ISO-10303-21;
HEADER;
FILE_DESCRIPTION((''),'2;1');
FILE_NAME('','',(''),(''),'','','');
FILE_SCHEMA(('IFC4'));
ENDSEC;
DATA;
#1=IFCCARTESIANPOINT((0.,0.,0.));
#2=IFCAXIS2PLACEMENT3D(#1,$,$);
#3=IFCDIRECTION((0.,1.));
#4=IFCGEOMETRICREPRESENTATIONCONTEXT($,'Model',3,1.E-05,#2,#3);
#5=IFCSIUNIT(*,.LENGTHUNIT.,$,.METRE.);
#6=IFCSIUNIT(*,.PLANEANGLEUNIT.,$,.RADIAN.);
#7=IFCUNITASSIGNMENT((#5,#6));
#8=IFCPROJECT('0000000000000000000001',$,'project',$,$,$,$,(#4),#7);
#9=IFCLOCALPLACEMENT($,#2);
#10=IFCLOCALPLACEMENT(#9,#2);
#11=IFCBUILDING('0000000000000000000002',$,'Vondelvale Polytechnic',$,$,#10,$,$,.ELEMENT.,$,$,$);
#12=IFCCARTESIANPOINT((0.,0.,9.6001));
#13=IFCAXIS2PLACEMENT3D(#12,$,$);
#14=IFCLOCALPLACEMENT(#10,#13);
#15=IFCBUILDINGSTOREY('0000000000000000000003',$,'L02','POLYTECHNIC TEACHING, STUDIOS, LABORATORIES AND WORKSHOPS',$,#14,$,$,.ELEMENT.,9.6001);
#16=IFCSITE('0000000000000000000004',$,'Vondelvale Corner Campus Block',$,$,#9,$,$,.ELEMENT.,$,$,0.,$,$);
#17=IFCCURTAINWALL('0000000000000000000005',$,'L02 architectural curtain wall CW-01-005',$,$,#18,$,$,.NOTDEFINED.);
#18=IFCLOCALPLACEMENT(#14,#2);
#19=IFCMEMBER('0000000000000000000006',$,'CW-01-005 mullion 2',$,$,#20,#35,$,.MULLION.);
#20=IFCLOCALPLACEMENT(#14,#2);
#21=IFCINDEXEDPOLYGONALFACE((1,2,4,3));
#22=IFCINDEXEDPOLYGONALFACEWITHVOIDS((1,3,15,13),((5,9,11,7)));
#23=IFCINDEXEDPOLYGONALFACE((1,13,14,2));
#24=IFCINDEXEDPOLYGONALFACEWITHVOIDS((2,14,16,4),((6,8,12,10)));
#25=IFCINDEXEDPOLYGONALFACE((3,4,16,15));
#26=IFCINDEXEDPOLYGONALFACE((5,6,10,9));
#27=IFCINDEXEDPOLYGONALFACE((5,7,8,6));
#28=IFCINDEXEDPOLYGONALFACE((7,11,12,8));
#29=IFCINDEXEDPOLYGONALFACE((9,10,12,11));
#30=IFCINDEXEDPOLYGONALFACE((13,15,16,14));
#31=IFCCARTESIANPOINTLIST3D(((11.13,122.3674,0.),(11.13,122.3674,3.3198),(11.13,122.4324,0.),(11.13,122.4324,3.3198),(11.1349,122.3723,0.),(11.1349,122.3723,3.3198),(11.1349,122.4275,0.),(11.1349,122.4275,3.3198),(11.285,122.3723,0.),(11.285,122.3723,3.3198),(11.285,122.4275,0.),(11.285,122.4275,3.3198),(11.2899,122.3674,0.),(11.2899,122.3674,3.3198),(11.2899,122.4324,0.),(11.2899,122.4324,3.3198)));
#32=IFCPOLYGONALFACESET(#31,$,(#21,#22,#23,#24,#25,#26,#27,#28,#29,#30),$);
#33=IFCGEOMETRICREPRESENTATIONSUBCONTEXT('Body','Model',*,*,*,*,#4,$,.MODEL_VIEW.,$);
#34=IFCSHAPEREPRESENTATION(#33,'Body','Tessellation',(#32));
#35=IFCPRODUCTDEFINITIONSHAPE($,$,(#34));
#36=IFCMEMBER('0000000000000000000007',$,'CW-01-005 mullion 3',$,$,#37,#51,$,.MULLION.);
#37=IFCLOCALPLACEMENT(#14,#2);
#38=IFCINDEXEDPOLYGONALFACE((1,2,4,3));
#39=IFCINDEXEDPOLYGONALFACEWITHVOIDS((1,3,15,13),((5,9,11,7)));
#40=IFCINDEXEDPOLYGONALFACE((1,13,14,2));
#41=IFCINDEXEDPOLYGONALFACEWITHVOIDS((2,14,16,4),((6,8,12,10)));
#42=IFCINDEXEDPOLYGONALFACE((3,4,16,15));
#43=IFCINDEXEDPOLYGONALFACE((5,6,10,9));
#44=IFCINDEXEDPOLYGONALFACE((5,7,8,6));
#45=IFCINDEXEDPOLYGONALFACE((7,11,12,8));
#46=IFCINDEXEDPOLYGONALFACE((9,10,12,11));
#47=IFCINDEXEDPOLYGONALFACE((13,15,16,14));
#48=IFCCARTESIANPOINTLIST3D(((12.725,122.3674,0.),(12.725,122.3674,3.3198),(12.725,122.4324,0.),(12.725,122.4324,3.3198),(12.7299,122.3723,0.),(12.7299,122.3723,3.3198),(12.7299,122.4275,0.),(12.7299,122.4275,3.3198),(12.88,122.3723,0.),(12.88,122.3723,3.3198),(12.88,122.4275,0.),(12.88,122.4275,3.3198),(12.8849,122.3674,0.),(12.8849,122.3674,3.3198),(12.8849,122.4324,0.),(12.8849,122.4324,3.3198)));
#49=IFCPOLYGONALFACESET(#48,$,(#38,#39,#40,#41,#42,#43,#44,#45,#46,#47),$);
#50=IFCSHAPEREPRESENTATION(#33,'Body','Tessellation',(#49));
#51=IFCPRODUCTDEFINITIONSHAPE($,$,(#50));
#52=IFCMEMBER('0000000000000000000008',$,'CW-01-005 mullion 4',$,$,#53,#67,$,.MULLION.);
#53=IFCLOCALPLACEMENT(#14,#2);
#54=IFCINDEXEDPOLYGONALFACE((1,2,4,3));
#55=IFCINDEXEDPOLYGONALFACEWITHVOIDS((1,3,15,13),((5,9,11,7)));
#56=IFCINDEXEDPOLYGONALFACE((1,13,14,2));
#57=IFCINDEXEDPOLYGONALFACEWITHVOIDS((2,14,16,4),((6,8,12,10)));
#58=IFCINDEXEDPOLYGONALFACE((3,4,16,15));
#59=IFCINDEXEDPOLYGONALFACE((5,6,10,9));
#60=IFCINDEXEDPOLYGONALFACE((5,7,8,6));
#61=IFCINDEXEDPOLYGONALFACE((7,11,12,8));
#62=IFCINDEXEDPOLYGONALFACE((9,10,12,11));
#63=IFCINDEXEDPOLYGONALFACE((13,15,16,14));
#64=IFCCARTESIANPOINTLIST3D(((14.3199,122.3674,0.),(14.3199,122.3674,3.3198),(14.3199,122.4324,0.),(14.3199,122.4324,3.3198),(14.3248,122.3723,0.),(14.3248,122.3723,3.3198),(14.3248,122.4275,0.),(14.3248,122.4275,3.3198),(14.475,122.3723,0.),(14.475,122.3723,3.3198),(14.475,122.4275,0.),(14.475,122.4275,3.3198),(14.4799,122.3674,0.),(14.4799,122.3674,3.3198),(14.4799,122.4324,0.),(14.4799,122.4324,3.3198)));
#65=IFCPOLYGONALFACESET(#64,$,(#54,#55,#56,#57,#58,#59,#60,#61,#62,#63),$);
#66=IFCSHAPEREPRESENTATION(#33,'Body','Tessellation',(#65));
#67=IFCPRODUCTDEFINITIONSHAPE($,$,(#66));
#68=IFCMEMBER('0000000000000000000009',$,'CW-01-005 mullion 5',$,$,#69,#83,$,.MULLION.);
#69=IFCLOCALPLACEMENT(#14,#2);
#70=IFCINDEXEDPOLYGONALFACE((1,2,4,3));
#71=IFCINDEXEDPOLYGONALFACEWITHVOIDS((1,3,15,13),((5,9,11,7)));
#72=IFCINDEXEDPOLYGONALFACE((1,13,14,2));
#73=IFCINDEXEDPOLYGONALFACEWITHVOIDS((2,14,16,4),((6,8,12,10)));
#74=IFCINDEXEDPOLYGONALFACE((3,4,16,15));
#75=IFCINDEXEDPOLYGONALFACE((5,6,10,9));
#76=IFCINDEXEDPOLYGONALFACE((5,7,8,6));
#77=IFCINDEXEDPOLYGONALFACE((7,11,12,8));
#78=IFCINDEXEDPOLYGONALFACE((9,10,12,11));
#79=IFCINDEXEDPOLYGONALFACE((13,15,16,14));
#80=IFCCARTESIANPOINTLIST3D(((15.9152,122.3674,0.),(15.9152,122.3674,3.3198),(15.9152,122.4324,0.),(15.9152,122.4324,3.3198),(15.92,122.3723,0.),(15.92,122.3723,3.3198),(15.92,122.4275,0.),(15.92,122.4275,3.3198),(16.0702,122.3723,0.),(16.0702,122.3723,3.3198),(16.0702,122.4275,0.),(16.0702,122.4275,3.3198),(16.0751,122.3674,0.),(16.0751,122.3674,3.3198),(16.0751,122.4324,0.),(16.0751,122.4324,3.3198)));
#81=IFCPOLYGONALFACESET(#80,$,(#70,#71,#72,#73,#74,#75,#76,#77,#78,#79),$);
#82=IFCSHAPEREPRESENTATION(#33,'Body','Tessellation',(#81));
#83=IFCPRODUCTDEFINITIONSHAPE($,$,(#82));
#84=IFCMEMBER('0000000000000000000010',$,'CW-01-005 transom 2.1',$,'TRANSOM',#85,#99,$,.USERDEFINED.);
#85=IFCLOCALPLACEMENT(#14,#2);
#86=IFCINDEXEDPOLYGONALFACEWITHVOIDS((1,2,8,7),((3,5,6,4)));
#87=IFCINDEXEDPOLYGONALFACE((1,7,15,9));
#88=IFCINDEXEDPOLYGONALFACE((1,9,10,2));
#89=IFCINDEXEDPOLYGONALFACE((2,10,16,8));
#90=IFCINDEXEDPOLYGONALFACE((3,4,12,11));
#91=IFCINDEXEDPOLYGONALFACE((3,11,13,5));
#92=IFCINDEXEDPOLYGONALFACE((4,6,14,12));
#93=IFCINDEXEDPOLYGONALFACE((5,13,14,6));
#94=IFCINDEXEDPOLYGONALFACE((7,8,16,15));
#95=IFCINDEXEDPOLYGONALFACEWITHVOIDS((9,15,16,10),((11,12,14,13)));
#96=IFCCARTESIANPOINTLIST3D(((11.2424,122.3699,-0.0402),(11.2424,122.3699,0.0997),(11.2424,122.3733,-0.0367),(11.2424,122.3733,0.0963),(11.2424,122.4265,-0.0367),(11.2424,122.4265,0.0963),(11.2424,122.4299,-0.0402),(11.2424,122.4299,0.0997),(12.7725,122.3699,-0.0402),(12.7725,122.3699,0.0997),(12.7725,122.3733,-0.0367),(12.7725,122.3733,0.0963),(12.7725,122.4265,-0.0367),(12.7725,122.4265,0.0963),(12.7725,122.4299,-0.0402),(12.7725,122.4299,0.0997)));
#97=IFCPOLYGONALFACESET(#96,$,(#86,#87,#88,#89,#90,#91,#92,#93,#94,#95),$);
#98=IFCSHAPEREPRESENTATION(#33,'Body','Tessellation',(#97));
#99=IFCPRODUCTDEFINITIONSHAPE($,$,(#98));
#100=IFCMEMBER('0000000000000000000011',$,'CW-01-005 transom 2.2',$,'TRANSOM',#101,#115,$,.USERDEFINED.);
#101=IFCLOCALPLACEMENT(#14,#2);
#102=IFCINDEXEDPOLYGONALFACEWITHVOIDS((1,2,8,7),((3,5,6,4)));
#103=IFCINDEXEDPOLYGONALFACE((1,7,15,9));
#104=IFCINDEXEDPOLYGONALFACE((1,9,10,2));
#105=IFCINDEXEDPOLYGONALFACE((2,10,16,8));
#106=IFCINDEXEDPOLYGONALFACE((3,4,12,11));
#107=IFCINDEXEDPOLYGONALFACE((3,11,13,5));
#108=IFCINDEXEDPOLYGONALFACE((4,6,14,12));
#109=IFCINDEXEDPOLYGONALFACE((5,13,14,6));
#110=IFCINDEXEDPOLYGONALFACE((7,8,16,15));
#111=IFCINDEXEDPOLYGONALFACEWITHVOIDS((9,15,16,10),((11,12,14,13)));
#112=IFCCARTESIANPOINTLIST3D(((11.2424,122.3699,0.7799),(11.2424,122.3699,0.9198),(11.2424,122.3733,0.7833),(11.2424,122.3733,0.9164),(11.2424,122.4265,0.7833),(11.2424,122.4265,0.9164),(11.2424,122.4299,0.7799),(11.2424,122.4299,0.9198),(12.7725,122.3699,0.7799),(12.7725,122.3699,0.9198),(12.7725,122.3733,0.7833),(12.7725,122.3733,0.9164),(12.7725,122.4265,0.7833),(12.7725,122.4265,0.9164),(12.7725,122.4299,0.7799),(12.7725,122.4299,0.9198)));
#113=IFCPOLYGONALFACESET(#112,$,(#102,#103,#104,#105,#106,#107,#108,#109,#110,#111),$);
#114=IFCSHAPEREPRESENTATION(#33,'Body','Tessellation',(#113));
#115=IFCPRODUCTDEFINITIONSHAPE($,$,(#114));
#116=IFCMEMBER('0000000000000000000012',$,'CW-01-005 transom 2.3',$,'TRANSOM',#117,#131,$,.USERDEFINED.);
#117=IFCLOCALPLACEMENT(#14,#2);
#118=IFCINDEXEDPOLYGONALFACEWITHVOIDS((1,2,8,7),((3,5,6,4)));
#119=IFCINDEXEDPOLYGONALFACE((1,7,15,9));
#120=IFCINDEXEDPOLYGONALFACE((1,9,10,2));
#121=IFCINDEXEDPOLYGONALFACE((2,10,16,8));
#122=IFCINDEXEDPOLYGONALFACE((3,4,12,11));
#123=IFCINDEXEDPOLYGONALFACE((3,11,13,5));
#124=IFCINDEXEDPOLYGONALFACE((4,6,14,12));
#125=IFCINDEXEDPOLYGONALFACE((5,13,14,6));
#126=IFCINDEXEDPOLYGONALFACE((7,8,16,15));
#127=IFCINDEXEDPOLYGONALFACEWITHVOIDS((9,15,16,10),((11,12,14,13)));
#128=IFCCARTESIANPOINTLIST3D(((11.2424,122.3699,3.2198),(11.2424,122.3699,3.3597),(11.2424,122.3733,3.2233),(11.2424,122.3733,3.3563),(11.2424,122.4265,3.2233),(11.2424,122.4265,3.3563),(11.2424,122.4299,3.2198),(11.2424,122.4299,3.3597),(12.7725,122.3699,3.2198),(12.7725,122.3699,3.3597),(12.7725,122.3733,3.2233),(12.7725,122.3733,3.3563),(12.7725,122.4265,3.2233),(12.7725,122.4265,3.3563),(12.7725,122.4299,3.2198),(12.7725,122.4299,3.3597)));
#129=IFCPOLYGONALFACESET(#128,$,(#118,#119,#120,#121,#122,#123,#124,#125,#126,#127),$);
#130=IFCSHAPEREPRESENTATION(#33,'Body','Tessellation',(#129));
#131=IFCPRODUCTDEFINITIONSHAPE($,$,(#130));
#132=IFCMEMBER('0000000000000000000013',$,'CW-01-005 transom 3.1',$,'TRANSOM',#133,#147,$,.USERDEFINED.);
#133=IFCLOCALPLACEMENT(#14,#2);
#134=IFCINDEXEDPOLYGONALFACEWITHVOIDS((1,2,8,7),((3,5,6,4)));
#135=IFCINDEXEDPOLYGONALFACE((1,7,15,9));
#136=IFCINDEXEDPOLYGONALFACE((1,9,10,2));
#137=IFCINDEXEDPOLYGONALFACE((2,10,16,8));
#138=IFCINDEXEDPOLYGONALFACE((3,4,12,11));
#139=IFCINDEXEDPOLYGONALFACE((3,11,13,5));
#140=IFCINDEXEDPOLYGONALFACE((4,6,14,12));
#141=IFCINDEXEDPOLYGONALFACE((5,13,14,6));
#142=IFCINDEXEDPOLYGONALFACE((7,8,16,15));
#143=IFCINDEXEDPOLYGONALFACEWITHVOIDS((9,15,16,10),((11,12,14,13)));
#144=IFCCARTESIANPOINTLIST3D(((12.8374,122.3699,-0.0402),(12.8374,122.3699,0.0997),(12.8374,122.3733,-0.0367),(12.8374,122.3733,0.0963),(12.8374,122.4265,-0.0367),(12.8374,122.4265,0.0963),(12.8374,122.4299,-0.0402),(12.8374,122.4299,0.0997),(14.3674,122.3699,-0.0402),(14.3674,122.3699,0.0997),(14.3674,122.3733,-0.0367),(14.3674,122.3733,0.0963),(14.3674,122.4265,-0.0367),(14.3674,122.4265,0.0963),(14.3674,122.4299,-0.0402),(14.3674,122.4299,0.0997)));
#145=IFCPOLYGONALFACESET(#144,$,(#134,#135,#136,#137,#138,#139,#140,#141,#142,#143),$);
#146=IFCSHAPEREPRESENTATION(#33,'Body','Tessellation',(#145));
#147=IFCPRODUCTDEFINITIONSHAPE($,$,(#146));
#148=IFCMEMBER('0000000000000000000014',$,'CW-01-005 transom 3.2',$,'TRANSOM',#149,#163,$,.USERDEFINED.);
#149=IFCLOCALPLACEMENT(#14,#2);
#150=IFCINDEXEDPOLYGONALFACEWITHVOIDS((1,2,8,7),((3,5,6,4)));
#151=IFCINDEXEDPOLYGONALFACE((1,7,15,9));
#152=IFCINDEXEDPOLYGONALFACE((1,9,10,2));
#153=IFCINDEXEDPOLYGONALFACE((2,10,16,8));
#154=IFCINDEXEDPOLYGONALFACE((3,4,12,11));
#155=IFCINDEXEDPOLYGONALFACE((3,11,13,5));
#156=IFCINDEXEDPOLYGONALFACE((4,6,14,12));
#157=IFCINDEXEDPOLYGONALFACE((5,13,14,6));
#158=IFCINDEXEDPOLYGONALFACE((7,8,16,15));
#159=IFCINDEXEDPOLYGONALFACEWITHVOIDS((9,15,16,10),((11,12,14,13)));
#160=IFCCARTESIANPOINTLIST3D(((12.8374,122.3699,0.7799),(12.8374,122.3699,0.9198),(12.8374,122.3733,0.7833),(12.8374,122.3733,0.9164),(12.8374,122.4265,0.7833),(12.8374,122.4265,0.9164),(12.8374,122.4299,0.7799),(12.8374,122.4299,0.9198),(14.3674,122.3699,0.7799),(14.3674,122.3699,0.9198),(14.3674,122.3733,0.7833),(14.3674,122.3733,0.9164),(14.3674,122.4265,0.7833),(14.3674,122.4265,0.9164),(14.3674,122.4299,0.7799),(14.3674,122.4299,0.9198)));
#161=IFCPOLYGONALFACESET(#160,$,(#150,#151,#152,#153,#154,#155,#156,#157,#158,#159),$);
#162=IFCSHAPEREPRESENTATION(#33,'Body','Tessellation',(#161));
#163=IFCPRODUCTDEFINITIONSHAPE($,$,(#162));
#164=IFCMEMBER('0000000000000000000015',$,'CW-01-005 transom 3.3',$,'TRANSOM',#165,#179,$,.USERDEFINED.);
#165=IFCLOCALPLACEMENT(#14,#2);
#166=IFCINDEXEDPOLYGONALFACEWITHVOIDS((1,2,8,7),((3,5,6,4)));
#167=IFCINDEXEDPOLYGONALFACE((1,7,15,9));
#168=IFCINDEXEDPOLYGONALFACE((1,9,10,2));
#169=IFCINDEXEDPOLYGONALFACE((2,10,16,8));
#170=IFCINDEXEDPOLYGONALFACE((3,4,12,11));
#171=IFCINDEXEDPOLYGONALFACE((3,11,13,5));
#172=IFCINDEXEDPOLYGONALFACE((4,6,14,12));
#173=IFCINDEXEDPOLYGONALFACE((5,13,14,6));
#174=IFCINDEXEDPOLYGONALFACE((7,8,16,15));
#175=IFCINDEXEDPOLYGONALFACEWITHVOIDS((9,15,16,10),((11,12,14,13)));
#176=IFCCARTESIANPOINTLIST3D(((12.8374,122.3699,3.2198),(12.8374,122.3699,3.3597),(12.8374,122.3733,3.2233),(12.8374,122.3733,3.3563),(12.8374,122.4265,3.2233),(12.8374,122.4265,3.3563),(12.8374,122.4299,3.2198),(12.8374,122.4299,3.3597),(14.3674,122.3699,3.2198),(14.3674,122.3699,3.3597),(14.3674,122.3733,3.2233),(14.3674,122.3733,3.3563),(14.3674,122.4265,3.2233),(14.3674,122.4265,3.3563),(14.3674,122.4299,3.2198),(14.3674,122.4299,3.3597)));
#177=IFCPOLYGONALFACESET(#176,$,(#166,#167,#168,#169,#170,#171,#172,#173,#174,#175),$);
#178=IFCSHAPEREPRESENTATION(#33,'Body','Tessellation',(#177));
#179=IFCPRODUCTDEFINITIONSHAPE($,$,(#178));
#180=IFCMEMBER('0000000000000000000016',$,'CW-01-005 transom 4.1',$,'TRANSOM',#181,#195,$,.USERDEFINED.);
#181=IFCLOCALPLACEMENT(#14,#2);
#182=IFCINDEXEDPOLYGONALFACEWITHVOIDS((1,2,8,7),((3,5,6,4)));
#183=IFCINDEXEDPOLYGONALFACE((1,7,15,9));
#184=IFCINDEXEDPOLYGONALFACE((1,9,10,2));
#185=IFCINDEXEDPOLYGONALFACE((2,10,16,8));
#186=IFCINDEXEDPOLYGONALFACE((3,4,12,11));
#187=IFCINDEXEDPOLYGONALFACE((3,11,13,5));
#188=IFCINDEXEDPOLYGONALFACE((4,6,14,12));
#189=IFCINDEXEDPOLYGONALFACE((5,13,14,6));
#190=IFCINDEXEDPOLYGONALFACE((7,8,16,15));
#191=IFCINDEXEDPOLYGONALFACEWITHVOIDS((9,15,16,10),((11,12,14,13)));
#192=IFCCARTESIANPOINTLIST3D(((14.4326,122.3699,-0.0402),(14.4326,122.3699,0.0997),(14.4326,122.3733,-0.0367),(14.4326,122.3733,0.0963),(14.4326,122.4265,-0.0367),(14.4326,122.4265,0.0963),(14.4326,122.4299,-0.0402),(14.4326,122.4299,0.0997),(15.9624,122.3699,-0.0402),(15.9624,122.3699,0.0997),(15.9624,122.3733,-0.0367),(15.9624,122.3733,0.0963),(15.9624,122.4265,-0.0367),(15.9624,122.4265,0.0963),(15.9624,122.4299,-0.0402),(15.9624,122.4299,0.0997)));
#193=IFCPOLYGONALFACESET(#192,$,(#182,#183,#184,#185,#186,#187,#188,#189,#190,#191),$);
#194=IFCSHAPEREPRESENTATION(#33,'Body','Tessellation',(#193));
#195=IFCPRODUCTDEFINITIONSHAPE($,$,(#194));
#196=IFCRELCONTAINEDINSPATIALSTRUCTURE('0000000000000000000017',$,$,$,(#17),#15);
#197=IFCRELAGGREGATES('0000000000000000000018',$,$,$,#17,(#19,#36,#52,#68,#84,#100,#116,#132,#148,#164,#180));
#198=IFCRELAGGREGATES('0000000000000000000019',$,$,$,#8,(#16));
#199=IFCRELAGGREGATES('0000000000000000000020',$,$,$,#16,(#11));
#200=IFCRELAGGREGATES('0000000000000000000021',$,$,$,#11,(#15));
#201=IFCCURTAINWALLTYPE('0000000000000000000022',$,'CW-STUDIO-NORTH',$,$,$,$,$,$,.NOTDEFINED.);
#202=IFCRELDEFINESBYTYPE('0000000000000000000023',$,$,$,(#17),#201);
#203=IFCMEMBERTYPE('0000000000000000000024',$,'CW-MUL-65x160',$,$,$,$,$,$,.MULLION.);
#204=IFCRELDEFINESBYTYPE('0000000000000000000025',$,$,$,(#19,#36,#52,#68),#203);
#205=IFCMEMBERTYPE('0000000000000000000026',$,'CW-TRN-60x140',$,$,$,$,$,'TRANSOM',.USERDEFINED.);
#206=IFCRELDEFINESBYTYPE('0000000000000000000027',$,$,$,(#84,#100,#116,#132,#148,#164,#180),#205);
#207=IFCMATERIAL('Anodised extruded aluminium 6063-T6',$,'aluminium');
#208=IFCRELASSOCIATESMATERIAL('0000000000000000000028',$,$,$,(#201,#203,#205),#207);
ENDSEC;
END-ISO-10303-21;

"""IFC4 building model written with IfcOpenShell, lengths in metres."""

from ifc_helpers import new_model, si_unit, direction, frame, origin, origin_2d, place, context, subcontext, project, spatial, hollow_rectangle, extrude, material, material_profile, profile_set, type_object, element, aggregate, save


model = new_model("IFC4")

# Units and contexts
model_context = context("Model", 3, precision=1e-05, world=origin(), true_north=direction((0.0, 1.0)))
body_context = subcontext(model_context, "Body", "Model", "MODEL_VIEW")
ifc_project = project(units=[si_unit("LENGTHUNIT", "METRE"), si_unit("PLANEANGLEUNIT", "RADIAN")], contexts=[model_context])

# Site, building, storey
site_placement = place(None, origin())
site = spatial("IfcSite", under=ifc_project, at=site_placement, Name="Vondelvale Corner Campus Block", CompositionType="ELEMENT", RefElevation=0.0)
building_placement = place(site_placement, origin())
building = spatial("IfcBuilding", under=site, at=building_placement, Name="Vondelvale Polytechnic", CompositionType="ELEMENT")
storey_placement = place(building_placement, frame((0.0, 0.0, 9.6001)))
storey = spatial("IfcBuildingStorey", under=building, at=storey_placement, Name="L02", Description="POLYTECHNIC TEACHING, STUDIOS, LABORATORIES AND WORKSHOPS", CompositionType="ELEMENT", Elevation=9.6001)

# Curtain wall, members
ifc_material_1 = material(Name="Anodised extruded aluminium 6063-T6", Category="aluminium")
curtain_wall_type = type_object("IfcCurtainWallType", Name="CW-STUDIO-NORTH", PredefinedType="NOTDEFINED", material=ifc_material_1)
curtain_wall_placement = place(storey_placement, origin())
curtain_wall = element("IfcCurtainWall", 1, at=curtain_wall_placement, inside=storey, type_object=curtain_wall_type, Name="L02 architectural curtain wall CW-01-005", PredefinedType="NOTDEFINED")
ifc_material_profile_1 = material_profile(ifc_material_1, hollow_rectangle(XDim=0.0649, YDim=0.1599, WallThickness=0.0049, at=origin_2d()), Name="CW-MUL-160x65")
ifc_profile_set_1 = profile_set([ifc_material_profile_1], Name="Anodised extruded aluminium 6063-T6")
member_type_1 = type_object("IfcMemberType", Name="CW-MUL-65x160", PredefinedType="MULLION", material=ifc_profile_set_1)
member_1_placement = place(storey_placement, frame((11.21, 122.3999, 0.0), z_axis=(0.0, 0.0, 1.0), x_axis=(0.0, 1.0, 0.0)))
member_1 = element("IfcMember", 2, at=member_1_placement, type_object=member_type_1, Name="CW-01-005 mullion 2", PredefinedType="MULLION", context=body_context, shape_type="SweptSolid", body=[
    extrude(hollow_rectangle(XDim=0.0649, YDim=0.1599, WallThickness=0.0049, at=origin_2d()), origin(), (0.0, 0.0, 1.0), 3.3198),
])
member_2_placement = place(storey_placement, frame((12.8049, 122.3999, 0.0), z_axis=(0.0, 0.0, 1.0), x_axis=(0.0, 1.0, 0.0)))
member_2 = element("IfcMember", 3, at=member_2_placement, type_object=member_type_1, Name="CW-01-005 mullion 3", PredefinedType="MULLION", context=body_context, shape_type="SweptSolid", body=[
    extrude(hollow_rectangle(XDim=0.0649, YDim=0.1599, WallThickness=0.0049, at=origin_2d()), origin(), (0.0, 0.0, 1.0), 3.3198),
])
member_3_placement = place(storey_placement, frame((14.3999, 122.3999, 0.0), z_axis=(0.0, 0.0, 1.0), x_axis=(0.0, 1.0, 0.0)))
member_3 = element("IfcMember", 4, at=member_3_placement, type_object=member_type_1, Name="CW-01-005 mullion 4", PredefinedType="MULLION", context=body_context, shape_type="SweptSolid", body=[
    extrude(hollow_rectangle(XDim=0.0649, YDim=0.1599, WallThickness=0.0049, at=origin_2d()), origin(), (0.0, 0.0, 1.0), 3.3198),
])
member_4_placement = place(storey_placement, frame((15.9951, 122.3999, 0.0), z_axis=(0.0, 0.0, 1.0), x_axis=(0.0, 1.0, 0.0)))
member_4 = element("IfcMember", 5, at=member_4_placement, type_object=member_type_1, Name="CW-01-005 mullion 5", PredefinedType="MULLION", context=body_context, shape_type="SweptSolid", body=[
    extrude(hollow_rectangle(XDim=0.0649, YDim=0.1599, WallThickness=0.0049, at=origin_2d()), origin(), (0.0, 0.0, 1.0), 3.3198),
])
ifc_material_profile_2 = material_profile(ifc_material_1, hollow_rectangle(XDim=0.0601, YDim=0.1399, WallThickness=0.0034, at=origin_2d()), Name="CW-TRN-140x60")
ifc_profile_set_2 = profile_set([ifc_material_profile_2], Name="Anodised extruded aluminium 6063-T6")
member_type_2 = type_object("IfcMemberType", Name="CW-TRN-60x140", ElementType="TRANSOM", PredefinedType="USERDEFINED", material=ifc_profile_set_2)
member_5_placement = place(storey_placement, frame((11.2424, 122.3999, 0.0298), z_axis=(1.0, 0.0, 0.0), x_axis=(0.0, 1.0, 0.0)))
member_5 = element("IfcMember", 6, at=member_5_placement, type_object=member_type_2, Name="CW-01-005 transom 2.1", ObjectType="TRANSOM", PredefinedType="USERDEFINED", context=body_context, shape_type="SweptSolid", body=[
    extrude(hollow_rectangle(XDim=0.0601, YDim=0.1399, WallThickness=0.0034, at=origin_2d()), origin(), (0.0, 0.0, 1.0), 1.53),
])
member_6_placement = place(storey_placement, frame((11.2424, 122.3999, 0.8499), z_axis=(1.0, 0.0, 0.0), x_axis=(0.0, 1.0, 0.0)))
member_6 = element("IfcMember", 7, at=member_6_placement, type_object=member_type_2, Name="CW-01-005 transom 2.2", ObjectType="TRANSOM", PredefinedType="USERDEFINED", context=body_context, shape_type="SweptSolid", body=[
    extrude(hollow_rectangle(XDim=0.0601, YDim=0.1399, WallThickness=0.0034, at=origin_2d()), origin(), (0.0, 0.0, 1.0), 1.53),
])
member_7_placement = place(storey_placement, frame((11.2424, 122.3999, 3.2898), z_axis=(1.0, 0.0, 0.0), x_axis=(0.0, 1.0, 0.0)))
member_7 = element("IfcMember", 8, at=member_7_placement, type_object=member_type_2, Name="CW-01-005 transom 2.3", ObjectType="TRANSOM", PredefinedType="USERDEFINED", context=body_context, shape_type="SweptSolid", body=[
    extrude(hollow_rectangle(XDim=0.0601, YDim=0.1399, WallThickness=0.0034, at=origin_2d()), origin(), (0.0, 0.0, 1.0), 1.53),
])
member_8_placement = place(storey_placement, frame((12.8374, 122.3999, 0.0298), z_axis=(1.0, 0.0, 0.0), x_axis=(0.0, 1.0, 0.0)))
member_8 = element("IfcMember", 9, at=member_8_placement, type_object=member_type_2, Name="CW-01-005 transom 3.1", ObjectType="TRANSOM", PredefinedType="USERDEFINED", context=body_context, shape_type="SweptSolid", body=[
    extrude(hollow_rectangle(XDim=0.0601, YDim=0.1399, WallThickness=0.0034, at=origin_2d()), origin(), (0.0, 0.0, 1.0), 1.53),
])
member_9_placement = place(storey_placement, frame((12.8374, 122.3999, 0.8499), z_axis=(1.0, 0.0, 0.0), x_axis=(0.0, 1.0, 0.0)))
member_9 = element("IfcMember", 10, at=member_9_placement, type_object=member_type_2, Name="CW-01-005 transom 3.2", ObjectType="TRANSOM", PredefinedType="USERDEFINED", context=body_context, shape_type="SweptSolid", body=[
    extrude(hollow_rectangle(XDim=0.0601, YDim=0.1399, WallThickness=0.0034, at=origin_2d()), origin(), (0.0, 0.0, 1.0), 1.53),
])
member_10_placement = place(storey_placement, frame((12.8374, 122.3999, 3.2898), z_axis=(1.0, 0.0, 0.0), x_axis=(0.0, 1.0, 0.0)))
member_10 = element("IfcMember", 11, at=member_10_placement, type_object=member_type_2, Name="CW-01-005 transom 3.3", ObjectType="TRANSOM", PredefinedType="USERDEFINED", context=body_context, shape_type="SweptSolid", body=[
    extrude(hollow_rectangle(XDim=0.0601, YDim=0.1399, WallThickness=0.0034, at=origin_2d()), origin(), (0.0, 0.0, 1.0), 1.53),
])
member_11_placement = place(storey_placement, frame((14.4326, 122.3999, 0.0298), z_axis=(1.0, 0.0, 0.0), x_axis=(0.0, 1.0, 0.0)))
member_11 = element("IfcMember", 12, at=member_11_placement, type_object=member_type_2, Name="CW-01-005 transom 4.1", ObjectType="TRANSOM", PredefinedType="USERDEFINED", context=body_context, shape_type="SweptSolid", body=[
    extrude(hollow_rectangle(XDim=0.0601, YDim=0.1399, WallThickness=0.0034, at=origin_2d()), origin(), (0.0, 0.0, 1.0), 1.5298),
])
aggregate(curtain_wall, [member_1, member_2, member_3, member_4, member_5, member_6, member_7, member_8, member_9, member_10, member_11])

save(model, "model.ifc")
